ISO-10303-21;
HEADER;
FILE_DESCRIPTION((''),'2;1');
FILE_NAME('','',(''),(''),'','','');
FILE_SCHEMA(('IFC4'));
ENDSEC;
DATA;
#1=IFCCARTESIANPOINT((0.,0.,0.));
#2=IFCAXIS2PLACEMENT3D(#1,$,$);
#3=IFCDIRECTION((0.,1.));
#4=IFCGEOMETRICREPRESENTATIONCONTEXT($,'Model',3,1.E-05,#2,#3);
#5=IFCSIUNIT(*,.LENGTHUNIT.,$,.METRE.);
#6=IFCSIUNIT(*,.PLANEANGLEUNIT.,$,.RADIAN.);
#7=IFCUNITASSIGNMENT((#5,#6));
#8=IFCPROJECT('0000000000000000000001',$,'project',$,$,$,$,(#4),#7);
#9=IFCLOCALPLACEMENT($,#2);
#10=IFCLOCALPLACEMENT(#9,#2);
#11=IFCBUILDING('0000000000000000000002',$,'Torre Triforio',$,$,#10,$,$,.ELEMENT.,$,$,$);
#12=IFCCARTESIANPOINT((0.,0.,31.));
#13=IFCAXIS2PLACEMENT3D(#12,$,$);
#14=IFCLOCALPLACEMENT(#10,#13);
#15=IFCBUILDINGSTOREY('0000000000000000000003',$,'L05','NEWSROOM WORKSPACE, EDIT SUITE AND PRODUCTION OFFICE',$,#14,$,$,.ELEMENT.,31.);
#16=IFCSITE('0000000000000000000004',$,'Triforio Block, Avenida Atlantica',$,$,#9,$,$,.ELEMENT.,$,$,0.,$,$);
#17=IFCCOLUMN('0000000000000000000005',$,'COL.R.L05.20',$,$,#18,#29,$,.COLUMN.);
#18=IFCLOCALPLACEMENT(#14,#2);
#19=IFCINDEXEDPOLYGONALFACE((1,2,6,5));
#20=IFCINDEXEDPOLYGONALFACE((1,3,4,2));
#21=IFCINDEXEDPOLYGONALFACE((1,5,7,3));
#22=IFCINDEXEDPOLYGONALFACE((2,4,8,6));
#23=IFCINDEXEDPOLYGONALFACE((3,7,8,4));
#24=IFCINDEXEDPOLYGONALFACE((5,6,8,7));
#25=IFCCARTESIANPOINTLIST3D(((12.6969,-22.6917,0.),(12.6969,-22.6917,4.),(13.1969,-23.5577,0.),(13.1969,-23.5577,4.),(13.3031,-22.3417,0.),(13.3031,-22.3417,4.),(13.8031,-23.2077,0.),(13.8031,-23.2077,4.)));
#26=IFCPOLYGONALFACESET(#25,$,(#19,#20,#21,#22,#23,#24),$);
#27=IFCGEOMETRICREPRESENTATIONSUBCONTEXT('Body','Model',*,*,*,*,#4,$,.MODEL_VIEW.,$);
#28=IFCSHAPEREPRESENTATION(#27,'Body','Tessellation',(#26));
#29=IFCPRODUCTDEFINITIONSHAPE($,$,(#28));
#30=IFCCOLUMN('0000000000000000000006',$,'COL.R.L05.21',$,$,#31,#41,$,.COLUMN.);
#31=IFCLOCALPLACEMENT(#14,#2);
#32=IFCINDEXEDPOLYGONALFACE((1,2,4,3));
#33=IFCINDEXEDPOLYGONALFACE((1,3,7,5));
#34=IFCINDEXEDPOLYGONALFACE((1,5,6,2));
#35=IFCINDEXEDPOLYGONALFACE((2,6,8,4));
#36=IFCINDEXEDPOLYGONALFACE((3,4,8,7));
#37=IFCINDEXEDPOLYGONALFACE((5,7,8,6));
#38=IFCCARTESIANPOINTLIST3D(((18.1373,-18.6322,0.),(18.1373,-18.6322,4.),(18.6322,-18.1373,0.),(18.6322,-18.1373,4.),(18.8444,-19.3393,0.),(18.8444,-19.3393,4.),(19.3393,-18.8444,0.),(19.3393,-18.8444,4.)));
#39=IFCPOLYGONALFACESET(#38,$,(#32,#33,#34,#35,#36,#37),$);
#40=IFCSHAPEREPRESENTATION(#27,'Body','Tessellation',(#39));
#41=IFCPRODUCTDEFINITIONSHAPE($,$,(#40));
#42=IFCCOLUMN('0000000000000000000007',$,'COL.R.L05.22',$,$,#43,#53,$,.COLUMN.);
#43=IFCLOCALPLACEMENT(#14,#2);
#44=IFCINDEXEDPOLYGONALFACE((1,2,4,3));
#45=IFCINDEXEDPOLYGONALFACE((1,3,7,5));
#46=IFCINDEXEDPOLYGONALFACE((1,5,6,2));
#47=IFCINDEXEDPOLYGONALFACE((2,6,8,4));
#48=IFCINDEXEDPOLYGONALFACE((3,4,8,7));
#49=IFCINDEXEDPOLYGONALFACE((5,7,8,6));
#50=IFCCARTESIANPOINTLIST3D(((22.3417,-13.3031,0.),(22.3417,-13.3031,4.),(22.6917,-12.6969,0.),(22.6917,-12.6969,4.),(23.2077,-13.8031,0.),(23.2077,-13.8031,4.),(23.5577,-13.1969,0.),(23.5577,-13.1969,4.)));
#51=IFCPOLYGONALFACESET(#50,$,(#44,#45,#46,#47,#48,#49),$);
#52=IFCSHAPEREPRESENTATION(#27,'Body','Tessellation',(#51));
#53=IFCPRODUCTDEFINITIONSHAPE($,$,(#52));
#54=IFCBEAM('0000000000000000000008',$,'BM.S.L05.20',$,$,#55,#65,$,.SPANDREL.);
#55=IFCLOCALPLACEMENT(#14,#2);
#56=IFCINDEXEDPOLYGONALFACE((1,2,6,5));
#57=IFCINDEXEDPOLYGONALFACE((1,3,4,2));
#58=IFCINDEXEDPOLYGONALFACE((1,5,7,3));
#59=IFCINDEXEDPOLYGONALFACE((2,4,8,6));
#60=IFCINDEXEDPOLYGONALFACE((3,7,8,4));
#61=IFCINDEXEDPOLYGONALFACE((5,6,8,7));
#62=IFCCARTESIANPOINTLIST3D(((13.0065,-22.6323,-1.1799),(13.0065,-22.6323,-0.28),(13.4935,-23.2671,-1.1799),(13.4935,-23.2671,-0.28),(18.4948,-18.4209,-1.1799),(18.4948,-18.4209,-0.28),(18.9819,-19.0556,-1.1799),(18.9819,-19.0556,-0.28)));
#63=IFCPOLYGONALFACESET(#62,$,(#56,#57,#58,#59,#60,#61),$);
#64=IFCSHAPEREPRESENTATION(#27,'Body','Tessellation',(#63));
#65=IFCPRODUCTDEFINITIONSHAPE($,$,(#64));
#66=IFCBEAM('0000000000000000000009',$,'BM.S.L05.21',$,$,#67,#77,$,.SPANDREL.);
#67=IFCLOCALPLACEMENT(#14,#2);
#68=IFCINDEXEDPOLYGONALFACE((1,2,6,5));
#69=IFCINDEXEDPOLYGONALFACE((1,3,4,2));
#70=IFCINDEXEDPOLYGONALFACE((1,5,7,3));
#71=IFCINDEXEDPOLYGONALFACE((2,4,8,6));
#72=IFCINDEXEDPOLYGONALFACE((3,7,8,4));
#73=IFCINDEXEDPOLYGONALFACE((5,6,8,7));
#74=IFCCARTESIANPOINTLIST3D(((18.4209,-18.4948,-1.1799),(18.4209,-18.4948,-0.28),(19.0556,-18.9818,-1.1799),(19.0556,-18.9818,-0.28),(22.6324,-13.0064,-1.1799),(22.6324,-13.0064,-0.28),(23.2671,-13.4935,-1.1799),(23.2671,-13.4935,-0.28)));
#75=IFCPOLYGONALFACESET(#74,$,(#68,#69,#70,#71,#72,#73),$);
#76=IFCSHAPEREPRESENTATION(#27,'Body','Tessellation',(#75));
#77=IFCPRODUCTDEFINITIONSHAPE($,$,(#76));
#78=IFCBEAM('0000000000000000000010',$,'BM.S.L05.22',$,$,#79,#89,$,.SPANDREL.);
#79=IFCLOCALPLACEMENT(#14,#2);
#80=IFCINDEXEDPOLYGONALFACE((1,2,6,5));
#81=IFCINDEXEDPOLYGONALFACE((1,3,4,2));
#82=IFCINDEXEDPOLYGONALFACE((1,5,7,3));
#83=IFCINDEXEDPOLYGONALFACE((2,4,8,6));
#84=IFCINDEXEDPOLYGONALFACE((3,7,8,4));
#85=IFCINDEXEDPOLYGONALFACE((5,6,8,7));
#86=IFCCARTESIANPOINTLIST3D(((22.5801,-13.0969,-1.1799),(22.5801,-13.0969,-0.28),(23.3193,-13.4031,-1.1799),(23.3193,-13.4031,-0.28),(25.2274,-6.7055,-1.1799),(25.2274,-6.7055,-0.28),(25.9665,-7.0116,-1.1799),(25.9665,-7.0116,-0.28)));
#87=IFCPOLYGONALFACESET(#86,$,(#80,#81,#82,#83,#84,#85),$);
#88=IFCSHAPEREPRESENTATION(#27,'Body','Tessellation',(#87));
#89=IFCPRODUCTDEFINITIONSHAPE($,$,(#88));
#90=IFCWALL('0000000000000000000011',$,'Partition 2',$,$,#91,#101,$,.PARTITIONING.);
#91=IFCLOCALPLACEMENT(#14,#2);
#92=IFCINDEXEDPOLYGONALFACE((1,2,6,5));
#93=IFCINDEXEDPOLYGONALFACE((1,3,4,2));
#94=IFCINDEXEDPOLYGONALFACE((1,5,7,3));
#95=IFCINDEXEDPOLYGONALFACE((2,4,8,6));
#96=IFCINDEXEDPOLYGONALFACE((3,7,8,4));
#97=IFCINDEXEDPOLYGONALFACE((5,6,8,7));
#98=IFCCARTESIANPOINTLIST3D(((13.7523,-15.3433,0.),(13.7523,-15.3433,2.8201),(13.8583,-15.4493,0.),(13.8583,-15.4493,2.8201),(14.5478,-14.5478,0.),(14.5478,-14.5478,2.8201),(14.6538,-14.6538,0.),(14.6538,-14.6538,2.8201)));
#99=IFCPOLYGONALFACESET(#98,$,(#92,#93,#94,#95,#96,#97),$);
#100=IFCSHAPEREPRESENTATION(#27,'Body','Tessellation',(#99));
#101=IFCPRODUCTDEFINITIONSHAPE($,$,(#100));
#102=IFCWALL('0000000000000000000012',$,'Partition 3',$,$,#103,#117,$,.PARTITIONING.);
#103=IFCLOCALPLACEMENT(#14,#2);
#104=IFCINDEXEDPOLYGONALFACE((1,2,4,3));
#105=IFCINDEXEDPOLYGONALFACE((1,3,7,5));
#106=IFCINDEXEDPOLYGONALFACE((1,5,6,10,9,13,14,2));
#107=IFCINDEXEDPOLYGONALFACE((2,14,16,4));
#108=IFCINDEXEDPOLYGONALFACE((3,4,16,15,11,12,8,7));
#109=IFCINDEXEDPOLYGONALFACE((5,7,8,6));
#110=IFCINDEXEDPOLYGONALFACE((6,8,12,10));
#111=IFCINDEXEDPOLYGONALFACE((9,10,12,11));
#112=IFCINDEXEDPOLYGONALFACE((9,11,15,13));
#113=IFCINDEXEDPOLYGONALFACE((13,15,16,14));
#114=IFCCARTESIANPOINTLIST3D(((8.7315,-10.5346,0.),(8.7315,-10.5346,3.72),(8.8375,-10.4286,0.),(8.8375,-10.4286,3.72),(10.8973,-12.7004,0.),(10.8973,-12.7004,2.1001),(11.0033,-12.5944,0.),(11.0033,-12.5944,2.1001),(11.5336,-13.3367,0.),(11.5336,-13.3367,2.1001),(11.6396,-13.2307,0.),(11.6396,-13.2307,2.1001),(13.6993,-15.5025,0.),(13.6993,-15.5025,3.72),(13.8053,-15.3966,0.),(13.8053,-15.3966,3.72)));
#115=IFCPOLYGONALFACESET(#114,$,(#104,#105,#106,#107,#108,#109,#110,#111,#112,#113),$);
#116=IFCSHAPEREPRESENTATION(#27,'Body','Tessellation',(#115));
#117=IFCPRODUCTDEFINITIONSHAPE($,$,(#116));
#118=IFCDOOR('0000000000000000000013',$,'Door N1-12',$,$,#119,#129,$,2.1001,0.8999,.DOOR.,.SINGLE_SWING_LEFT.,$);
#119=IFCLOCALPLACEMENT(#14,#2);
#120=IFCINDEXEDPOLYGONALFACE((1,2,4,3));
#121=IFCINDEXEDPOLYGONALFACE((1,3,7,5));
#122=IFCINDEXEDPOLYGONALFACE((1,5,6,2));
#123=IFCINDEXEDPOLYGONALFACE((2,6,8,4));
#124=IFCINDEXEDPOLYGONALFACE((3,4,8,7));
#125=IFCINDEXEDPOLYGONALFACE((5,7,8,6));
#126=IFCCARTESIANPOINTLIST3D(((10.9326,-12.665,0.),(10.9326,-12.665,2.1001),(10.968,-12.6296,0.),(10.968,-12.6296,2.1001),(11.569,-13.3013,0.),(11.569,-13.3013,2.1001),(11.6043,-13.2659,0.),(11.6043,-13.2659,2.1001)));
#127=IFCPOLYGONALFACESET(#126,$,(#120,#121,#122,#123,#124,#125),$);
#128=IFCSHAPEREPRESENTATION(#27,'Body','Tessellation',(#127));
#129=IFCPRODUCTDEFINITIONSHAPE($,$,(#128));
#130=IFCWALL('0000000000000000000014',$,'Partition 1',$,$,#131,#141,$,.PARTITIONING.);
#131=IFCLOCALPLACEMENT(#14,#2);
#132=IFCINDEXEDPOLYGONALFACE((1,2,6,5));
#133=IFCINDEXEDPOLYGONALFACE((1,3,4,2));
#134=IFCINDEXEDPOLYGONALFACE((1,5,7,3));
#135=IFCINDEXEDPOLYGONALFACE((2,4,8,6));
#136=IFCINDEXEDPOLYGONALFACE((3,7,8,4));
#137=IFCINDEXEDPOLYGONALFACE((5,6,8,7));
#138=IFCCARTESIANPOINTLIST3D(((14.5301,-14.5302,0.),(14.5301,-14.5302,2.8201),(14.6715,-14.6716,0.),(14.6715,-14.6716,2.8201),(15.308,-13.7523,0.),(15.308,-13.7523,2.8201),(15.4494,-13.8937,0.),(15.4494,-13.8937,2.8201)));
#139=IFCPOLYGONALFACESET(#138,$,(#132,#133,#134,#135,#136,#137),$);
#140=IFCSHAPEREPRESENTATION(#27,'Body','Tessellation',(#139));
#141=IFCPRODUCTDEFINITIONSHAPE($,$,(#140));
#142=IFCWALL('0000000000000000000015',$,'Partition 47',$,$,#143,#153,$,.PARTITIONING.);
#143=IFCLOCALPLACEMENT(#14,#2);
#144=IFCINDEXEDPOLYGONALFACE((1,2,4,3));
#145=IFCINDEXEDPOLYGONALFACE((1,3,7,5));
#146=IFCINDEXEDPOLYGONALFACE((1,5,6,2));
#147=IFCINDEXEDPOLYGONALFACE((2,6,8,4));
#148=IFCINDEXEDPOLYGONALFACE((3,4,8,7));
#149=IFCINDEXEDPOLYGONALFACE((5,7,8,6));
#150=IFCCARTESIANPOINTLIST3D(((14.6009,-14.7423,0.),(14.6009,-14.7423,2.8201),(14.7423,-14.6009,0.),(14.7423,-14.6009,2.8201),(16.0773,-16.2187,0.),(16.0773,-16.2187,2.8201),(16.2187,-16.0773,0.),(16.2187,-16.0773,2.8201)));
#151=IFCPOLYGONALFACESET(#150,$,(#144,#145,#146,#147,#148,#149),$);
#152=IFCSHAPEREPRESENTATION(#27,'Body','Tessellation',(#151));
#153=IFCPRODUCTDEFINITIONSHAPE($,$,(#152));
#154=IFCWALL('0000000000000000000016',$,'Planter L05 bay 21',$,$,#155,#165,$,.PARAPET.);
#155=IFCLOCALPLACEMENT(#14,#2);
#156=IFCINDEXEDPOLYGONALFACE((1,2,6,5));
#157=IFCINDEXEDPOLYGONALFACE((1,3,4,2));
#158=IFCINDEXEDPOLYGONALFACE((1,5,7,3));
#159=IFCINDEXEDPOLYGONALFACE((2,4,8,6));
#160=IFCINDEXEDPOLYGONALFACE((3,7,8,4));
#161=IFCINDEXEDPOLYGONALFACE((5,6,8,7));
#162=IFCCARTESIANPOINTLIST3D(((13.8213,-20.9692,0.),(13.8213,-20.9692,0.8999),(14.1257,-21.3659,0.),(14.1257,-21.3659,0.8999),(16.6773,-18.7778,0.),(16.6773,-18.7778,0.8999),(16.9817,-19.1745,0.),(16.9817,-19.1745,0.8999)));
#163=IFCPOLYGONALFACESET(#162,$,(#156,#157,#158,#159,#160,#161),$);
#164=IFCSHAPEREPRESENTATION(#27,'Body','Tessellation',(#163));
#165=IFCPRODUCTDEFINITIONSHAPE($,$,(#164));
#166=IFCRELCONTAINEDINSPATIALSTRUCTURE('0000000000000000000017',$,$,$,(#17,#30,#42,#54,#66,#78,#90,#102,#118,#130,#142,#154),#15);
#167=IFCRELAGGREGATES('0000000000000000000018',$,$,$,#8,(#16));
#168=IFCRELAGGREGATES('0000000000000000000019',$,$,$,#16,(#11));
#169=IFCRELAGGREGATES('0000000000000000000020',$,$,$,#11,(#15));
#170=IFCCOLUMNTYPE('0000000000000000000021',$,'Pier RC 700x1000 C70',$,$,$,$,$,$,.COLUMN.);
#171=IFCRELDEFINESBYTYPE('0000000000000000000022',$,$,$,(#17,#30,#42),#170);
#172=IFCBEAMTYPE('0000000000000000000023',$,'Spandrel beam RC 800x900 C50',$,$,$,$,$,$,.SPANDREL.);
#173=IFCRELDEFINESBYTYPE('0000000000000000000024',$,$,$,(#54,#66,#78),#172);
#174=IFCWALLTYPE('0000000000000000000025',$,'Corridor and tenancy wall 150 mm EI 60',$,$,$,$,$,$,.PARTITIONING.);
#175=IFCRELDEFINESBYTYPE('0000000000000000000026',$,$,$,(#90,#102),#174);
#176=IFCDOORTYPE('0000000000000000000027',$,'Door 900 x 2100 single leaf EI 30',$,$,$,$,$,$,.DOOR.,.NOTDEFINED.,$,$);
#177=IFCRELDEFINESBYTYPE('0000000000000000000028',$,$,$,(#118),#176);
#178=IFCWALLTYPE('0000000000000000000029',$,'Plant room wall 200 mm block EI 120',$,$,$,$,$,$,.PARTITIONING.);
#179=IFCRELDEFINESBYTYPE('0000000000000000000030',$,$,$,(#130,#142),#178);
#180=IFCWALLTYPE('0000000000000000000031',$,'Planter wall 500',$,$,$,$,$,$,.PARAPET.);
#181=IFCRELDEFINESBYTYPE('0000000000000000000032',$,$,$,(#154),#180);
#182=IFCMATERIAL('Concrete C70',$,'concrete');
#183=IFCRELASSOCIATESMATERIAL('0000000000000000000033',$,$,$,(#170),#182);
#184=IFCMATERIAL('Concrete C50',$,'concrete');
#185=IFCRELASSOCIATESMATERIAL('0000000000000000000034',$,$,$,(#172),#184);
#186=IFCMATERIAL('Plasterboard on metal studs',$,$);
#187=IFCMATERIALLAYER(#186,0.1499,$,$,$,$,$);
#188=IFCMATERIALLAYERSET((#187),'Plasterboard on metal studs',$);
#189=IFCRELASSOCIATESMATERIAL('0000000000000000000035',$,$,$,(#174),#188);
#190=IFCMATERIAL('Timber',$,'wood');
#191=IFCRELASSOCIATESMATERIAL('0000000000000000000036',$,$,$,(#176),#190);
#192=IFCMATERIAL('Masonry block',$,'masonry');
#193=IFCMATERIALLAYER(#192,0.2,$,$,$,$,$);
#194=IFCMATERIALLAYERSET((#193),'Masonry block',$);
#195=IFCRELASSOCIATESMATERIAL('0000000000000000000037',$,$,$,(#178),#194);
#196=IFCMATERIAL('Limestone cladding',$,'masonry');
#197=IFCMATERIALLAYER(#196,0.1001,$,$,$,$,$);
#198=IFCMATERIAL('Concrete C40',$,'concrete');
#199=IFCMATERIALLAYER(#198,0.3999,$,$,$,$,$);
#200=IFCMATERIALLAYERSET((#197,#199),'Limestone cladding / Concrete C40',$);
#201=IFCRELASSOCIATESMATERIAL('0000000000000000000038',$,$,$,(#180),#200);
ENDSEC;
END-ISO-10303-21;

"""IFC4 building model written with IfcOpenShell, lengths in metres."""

from ifc_helpers import new_model, si_unit, direction, frame, frame_2d, origin, origin_2d, place, context, subcontext, project, spatial, rectangle, extrude, material, layer, layer_set, material_profile, profile_set, type_object, element, fill, save


model = new_model("IFC4")

# Units and contexts
model_context = context("Model", 3, precision=1e-05, world=origin(), true_north=direction((0.0, 1.0)))
body_context = subcontext(model_context, "Body", "Model", "MODEL_VIEW")
ifc_project = project(units=[si_unit("LENGTHUNIT", "METRE"), si_unit("PLANEANGLEUNIT", "RADIAN")], contexts=[model_context])

# Site, building, storey
site_placement = place(None, origin())
site = spatial("IfcSite", under=ifc_project, at=site_placement, Name="Triforio Block, Avenida Atlantica", CompositionType="ELEMENT", RefElevation=0.0)
building_placement = place(site_placement, origin())
building = spatial("IfcBuilding", under=site, at=building_placement, Name="Torre Triforio", CompositionType="ELEMENT")
storey_placement = place(building_placement, frame((0.0, 0.0, 31.0)))
storey = spatial("IfcBuildingStorey", under=building, at=storey_placement, Name="L05", Description="NEWSROOM WORKSPACE, EDIT SUITE AND PRODUCTION OFFICE", CompositionType="ELEMENT", Elevation=31.0)

# Columns
ifc_material_1 = material(Name="Concrete C70", Category="concrete")
ifc_material_profile_1 = material_profile(ifc_material_1, rectangle(XDim=0.7, YDim=1.0, at=origin_2d()), Name="RC 700x1000")
ifc_profile_set_1 = profile_set([ifc_material_profile_1], Name="Concrete C70")
column_type = type_object("IfcColumnType", Name="Pier RC 700x1000 C70", PredefinedType="COLUMN", material=ifc_profile_set_1)
for number, where, z_axis, x_axis, name in (
    (1, (13.25, -22.9497, 0.0), (0.0, 0.0, 1.0), (0.866025, 0.5, 0.0), "COL.R.L05.20"),
    (2, (18.7383, -18.7383, 0.0), (0.0, 0.0, 1.0), (0.707107, 0.707107, 0.0), "COL.R.L05.21"),
    (3, (22.9497, -13.25, 0.0), (0.0, 0.0, 1.0), (0.5, 0.866025, 0.0), "COL.R.L05.22"),
):
    element("IfcColumn", number, at=place(storey_placement, frame(where, z_axis=z_axis, x_axis=x_axis)), inside=storey, type_object=column_type, Name=name, PredefinedType="COLUMN", context=body_context, shape_type="SweptSolid", body=[
        extrude(rectangle(XDim=0.7, YDim=1.0, at=origin_2d()), origin(), (0.0, 0.0, 1.0), 4.0),
    ])

# Beams
ifc_material_2 = material(Name="Concrete C50", Category="concrete")
ifc_material_profile_2 = material_profile(ifc_material_2, rectangle(XDim=0.8, YDim=0.8999, at=origin_2d()), Name="RC 800x900")
ifc_profile_set_2 = profile_set([ifc_material_profile_2], Name="Concrete C50")
beam_type = type_object("IfcBeamType", Name="Spandrel beam RC 800x900 C50", PredefinedType="SPANDREL", material=ifc_profile_set_2)
for number, where, z_axis, x_axis, name in (
    (4, (13.25, -22.9497, -0.73), (0.793345, 0.608772, 0.0), (-0.608772, 0.793345, 0.0), "BM.S.L05.20"),
    (5, (18.7383, -18.7383, -0.73), (0.608772, 0.793345, 0.0), (-0.793345, 0.608772, 0.0), "BM.S.L05.21"),
    (6, (22.9497, -13.25, -0.73), (0.382662, 0.923888, 0.0), (-0.923888, 0.382662, 0.0), "BM.S.L05.22"),
):
    element("IfcBeam", number, at=place(storey_placement, frame(where, z_axis=z_axis, x_axis=x_axis)), inside=storey, type_object=beam_type, Name=name, PredefinedType="SPANDREL", context=body_context, shape_type="SweptSolid", body=[
        extrude(rectangle(XDim=0.8, YDim=0.8999, at=origin_2d()), origin(), (0.0, 0.0, 1.0), 6.918),
    ])

# Wall
ifc_material_3 = material(Name="Plasterboard on metal studs")
ifc_layer_1 = layer(ifc_material_3, 0.1499)
ifc_layer_set_1 = layer_set([ifc_layer_1], Name="Plasterboard on metal studs")
wall_type_1 = type_object("IfcWallType", Name="Corridor and tenancy wall 150 mm EI 60", PredefinedType="PARTITIONING", material=ifc_layer_set_1)
wall_1_placement = place(storey_placement, frame((14.6008, -14.6008, 0.0), z_axis=(0.0, 0.0, 1.0), x_axis=(-0.707107, -0.707107, 0.0)))
element("IfcWall", 7, at=wall_1_placement, inside=storey, type_object=wall_type_1, Name="Partition 2", PredefinedType="PARTITIONING", context=body_context, shape_type="SweptSolid", body=[
    extrude(rectangle(XDim=1.125, YDim=0.1499, at=frame_2d((0.5625, 0.0))), origin(), (0.0, 0.0, 1.0), 2.8201),
])

# Wall, opening, door
wall_2_placement = place(storey_placement, frame((13.7522, -15.4495, 0.0), z_axis=(0.0, 0.0, 1.0), x_axis=(-0.707089, 0.707124, 0.0)))
wall_2 = element("IfcWall", 8, at=wall_2_placement, inside=storey, type_object=wall_type_1, Name="Partition 3", PredefinedType="PARTITIONING", context=body_context, shape_type="SweptSolid", body=[
    extrude(rectangle(XDim=7.0256, YDim=0.1499, at=frame_2d((3.5127, 0.0))), origin(), (0.0, 0.0, 1.0), 3.72),
])
opening_1_placement = place(wall_2_placement, frame((3.0627, 0.0, 0.0)))
opening_1 = element("IfcOpeningElement", 9, at=opening_1_placement, cuts=wall_2, PredefinedType="OPENING", context=body_context, shape_type="SweptSolid", body=[
    extrude(rectangle(XDim=0.8999, YDim=2.1001, at=frame_2d((0.45, 1.05))), frame((0.0, 0.085, 0.0), z_axis=(0.0, -1.0, 0.0), x_axis=(1.0, 0.0, 0.0)), (0.0, 0.0, 1.0), 0.1699),
])
ifc_material_4 = material(Name="Timber", Category="wood")
door_type_1 = type_object("IfcDoorType", Name="Door 900 x 2100 single leaf EI 30", OperationType="NOTDEFINED", PredefinedType="DOOR", material=ifc_material_4)
door_1_placement = place(opening_1_placement, origin())
door_1 = element("IfcDoor", 10, at=door_1_placement, inside=storey, type_object=door_type_1, Name="Door N1-12", OperationType="SINGLE_SWING_LEFT", OverallHeight=2.1001, OverallWidth=0.8999, PredefinedType="DOOR", context=body_context, shape_type="SweptSolid", body=[
    extrude(rectangle(XDim=0.8999, YDim=2.1001, at=frame_2d((0.45, 1.05))), frame((0.0, 0.0249, 0.0), z_axis=(0.0, -1.0, 0.0), x_axis=(1.0, 0.0, 0.0)), (0.0, 0.0, 1.0), 0.05),
])
fill(opening_1, door_1)

# Walls
ifc_material_5 = material(Name="Masonry block", Category="masonry")
ifc_layer_2 = layer(ifc_material_5, 0.2)
ifc_layer_set_2 = layer_set([ifc_layer_2], Name="Masonry block")
wall_type_2 = type_object("IfcWallType", Name="Plant room wall 200 mm block EI 120", PredefinedType="PARTITIONING", material=ifc_layer_set_2)
wall_3_placement = place(storey_placement, frame((15.3787, -13.823, 0.0), z_axis=(0.0, 0.0, 1.0), x_axis=(-0.707107, -0.707107, 0.0)))
element("IfcWall", 11, at=wall_3_placement, inside=storey, type_object=wall_type_2, Name="Partition 1", PredefinedType="PARTITIONING", context=body_context, shape_type="SweptSolid", body=[
    extrude(rectangle(XDim=1.1001, YDim=0.2, at=frame_2d((0.55, 0.0))), origin(), (0.0, 0.0, 1.0), 2.8201),
])
wall_4_placement = place(storey_placement, frame((14.6716, -14.6716, 0.0), z_axis=(0.0, 0.0, 1.0), x_axis=(0.707107, -0.707107, 0.0)))
element("IfcWall", 12, at=wall_4_placement, inside=storey, type_object=wall_type_2, Name="Partition 47", PredefinedType="PARTITIONING", context=body_context, shape_type="SweptSolid", body=[
    extrude(rectangle(XDim=2.0879, YDim=0.2, at=frame_2d((1.0439, 0.0))), origin(), (0.0, 0.0, 1.0), 2.8201),
])
ifc_material_6 = material(Name="Limestone cladding", Category="masonry")
ifc_layer_3 = layer(ifc_material_6, 0.1001)
ifc_material_7 = material(Name="Concrete C40", Category="concrete")
ifc_layer_4 = layer(ifc_material_7, 0.3999)
ifc_layer_set_3 = layer_set([ifc_layer_3, ifc_layer_4], Name="Limestone cladding / Concrete C40")
wall_type_3 = type_object("IfcWallType", Name="Planter wall 500", PredefinedType="PARAPET", material=ifc_layer_set_3)
wall_5_placement = place(storey_placement, frame((13.9736, -21.1675, 0.0), z_axis=(0.0, 0.0, 1.0), x_axis=(0.79336, 0.608753, 0.0)))
element("IfcWall", 13, at=wall_5_placement, inside=storey, type_object=wall_type_3, Name="Planter L05 bay 21", PredefinedType="PARAPET", context=body_context, shape_type="SweptSolid", body=[
    extrude(rectangle(XDim=3.5999, YDim=0.5, at=frame_2d((1.7998, 0.0))), origin(), (0.0, 0.0, 1.0), 0.8999),
])

save(model, "model.ifc")
